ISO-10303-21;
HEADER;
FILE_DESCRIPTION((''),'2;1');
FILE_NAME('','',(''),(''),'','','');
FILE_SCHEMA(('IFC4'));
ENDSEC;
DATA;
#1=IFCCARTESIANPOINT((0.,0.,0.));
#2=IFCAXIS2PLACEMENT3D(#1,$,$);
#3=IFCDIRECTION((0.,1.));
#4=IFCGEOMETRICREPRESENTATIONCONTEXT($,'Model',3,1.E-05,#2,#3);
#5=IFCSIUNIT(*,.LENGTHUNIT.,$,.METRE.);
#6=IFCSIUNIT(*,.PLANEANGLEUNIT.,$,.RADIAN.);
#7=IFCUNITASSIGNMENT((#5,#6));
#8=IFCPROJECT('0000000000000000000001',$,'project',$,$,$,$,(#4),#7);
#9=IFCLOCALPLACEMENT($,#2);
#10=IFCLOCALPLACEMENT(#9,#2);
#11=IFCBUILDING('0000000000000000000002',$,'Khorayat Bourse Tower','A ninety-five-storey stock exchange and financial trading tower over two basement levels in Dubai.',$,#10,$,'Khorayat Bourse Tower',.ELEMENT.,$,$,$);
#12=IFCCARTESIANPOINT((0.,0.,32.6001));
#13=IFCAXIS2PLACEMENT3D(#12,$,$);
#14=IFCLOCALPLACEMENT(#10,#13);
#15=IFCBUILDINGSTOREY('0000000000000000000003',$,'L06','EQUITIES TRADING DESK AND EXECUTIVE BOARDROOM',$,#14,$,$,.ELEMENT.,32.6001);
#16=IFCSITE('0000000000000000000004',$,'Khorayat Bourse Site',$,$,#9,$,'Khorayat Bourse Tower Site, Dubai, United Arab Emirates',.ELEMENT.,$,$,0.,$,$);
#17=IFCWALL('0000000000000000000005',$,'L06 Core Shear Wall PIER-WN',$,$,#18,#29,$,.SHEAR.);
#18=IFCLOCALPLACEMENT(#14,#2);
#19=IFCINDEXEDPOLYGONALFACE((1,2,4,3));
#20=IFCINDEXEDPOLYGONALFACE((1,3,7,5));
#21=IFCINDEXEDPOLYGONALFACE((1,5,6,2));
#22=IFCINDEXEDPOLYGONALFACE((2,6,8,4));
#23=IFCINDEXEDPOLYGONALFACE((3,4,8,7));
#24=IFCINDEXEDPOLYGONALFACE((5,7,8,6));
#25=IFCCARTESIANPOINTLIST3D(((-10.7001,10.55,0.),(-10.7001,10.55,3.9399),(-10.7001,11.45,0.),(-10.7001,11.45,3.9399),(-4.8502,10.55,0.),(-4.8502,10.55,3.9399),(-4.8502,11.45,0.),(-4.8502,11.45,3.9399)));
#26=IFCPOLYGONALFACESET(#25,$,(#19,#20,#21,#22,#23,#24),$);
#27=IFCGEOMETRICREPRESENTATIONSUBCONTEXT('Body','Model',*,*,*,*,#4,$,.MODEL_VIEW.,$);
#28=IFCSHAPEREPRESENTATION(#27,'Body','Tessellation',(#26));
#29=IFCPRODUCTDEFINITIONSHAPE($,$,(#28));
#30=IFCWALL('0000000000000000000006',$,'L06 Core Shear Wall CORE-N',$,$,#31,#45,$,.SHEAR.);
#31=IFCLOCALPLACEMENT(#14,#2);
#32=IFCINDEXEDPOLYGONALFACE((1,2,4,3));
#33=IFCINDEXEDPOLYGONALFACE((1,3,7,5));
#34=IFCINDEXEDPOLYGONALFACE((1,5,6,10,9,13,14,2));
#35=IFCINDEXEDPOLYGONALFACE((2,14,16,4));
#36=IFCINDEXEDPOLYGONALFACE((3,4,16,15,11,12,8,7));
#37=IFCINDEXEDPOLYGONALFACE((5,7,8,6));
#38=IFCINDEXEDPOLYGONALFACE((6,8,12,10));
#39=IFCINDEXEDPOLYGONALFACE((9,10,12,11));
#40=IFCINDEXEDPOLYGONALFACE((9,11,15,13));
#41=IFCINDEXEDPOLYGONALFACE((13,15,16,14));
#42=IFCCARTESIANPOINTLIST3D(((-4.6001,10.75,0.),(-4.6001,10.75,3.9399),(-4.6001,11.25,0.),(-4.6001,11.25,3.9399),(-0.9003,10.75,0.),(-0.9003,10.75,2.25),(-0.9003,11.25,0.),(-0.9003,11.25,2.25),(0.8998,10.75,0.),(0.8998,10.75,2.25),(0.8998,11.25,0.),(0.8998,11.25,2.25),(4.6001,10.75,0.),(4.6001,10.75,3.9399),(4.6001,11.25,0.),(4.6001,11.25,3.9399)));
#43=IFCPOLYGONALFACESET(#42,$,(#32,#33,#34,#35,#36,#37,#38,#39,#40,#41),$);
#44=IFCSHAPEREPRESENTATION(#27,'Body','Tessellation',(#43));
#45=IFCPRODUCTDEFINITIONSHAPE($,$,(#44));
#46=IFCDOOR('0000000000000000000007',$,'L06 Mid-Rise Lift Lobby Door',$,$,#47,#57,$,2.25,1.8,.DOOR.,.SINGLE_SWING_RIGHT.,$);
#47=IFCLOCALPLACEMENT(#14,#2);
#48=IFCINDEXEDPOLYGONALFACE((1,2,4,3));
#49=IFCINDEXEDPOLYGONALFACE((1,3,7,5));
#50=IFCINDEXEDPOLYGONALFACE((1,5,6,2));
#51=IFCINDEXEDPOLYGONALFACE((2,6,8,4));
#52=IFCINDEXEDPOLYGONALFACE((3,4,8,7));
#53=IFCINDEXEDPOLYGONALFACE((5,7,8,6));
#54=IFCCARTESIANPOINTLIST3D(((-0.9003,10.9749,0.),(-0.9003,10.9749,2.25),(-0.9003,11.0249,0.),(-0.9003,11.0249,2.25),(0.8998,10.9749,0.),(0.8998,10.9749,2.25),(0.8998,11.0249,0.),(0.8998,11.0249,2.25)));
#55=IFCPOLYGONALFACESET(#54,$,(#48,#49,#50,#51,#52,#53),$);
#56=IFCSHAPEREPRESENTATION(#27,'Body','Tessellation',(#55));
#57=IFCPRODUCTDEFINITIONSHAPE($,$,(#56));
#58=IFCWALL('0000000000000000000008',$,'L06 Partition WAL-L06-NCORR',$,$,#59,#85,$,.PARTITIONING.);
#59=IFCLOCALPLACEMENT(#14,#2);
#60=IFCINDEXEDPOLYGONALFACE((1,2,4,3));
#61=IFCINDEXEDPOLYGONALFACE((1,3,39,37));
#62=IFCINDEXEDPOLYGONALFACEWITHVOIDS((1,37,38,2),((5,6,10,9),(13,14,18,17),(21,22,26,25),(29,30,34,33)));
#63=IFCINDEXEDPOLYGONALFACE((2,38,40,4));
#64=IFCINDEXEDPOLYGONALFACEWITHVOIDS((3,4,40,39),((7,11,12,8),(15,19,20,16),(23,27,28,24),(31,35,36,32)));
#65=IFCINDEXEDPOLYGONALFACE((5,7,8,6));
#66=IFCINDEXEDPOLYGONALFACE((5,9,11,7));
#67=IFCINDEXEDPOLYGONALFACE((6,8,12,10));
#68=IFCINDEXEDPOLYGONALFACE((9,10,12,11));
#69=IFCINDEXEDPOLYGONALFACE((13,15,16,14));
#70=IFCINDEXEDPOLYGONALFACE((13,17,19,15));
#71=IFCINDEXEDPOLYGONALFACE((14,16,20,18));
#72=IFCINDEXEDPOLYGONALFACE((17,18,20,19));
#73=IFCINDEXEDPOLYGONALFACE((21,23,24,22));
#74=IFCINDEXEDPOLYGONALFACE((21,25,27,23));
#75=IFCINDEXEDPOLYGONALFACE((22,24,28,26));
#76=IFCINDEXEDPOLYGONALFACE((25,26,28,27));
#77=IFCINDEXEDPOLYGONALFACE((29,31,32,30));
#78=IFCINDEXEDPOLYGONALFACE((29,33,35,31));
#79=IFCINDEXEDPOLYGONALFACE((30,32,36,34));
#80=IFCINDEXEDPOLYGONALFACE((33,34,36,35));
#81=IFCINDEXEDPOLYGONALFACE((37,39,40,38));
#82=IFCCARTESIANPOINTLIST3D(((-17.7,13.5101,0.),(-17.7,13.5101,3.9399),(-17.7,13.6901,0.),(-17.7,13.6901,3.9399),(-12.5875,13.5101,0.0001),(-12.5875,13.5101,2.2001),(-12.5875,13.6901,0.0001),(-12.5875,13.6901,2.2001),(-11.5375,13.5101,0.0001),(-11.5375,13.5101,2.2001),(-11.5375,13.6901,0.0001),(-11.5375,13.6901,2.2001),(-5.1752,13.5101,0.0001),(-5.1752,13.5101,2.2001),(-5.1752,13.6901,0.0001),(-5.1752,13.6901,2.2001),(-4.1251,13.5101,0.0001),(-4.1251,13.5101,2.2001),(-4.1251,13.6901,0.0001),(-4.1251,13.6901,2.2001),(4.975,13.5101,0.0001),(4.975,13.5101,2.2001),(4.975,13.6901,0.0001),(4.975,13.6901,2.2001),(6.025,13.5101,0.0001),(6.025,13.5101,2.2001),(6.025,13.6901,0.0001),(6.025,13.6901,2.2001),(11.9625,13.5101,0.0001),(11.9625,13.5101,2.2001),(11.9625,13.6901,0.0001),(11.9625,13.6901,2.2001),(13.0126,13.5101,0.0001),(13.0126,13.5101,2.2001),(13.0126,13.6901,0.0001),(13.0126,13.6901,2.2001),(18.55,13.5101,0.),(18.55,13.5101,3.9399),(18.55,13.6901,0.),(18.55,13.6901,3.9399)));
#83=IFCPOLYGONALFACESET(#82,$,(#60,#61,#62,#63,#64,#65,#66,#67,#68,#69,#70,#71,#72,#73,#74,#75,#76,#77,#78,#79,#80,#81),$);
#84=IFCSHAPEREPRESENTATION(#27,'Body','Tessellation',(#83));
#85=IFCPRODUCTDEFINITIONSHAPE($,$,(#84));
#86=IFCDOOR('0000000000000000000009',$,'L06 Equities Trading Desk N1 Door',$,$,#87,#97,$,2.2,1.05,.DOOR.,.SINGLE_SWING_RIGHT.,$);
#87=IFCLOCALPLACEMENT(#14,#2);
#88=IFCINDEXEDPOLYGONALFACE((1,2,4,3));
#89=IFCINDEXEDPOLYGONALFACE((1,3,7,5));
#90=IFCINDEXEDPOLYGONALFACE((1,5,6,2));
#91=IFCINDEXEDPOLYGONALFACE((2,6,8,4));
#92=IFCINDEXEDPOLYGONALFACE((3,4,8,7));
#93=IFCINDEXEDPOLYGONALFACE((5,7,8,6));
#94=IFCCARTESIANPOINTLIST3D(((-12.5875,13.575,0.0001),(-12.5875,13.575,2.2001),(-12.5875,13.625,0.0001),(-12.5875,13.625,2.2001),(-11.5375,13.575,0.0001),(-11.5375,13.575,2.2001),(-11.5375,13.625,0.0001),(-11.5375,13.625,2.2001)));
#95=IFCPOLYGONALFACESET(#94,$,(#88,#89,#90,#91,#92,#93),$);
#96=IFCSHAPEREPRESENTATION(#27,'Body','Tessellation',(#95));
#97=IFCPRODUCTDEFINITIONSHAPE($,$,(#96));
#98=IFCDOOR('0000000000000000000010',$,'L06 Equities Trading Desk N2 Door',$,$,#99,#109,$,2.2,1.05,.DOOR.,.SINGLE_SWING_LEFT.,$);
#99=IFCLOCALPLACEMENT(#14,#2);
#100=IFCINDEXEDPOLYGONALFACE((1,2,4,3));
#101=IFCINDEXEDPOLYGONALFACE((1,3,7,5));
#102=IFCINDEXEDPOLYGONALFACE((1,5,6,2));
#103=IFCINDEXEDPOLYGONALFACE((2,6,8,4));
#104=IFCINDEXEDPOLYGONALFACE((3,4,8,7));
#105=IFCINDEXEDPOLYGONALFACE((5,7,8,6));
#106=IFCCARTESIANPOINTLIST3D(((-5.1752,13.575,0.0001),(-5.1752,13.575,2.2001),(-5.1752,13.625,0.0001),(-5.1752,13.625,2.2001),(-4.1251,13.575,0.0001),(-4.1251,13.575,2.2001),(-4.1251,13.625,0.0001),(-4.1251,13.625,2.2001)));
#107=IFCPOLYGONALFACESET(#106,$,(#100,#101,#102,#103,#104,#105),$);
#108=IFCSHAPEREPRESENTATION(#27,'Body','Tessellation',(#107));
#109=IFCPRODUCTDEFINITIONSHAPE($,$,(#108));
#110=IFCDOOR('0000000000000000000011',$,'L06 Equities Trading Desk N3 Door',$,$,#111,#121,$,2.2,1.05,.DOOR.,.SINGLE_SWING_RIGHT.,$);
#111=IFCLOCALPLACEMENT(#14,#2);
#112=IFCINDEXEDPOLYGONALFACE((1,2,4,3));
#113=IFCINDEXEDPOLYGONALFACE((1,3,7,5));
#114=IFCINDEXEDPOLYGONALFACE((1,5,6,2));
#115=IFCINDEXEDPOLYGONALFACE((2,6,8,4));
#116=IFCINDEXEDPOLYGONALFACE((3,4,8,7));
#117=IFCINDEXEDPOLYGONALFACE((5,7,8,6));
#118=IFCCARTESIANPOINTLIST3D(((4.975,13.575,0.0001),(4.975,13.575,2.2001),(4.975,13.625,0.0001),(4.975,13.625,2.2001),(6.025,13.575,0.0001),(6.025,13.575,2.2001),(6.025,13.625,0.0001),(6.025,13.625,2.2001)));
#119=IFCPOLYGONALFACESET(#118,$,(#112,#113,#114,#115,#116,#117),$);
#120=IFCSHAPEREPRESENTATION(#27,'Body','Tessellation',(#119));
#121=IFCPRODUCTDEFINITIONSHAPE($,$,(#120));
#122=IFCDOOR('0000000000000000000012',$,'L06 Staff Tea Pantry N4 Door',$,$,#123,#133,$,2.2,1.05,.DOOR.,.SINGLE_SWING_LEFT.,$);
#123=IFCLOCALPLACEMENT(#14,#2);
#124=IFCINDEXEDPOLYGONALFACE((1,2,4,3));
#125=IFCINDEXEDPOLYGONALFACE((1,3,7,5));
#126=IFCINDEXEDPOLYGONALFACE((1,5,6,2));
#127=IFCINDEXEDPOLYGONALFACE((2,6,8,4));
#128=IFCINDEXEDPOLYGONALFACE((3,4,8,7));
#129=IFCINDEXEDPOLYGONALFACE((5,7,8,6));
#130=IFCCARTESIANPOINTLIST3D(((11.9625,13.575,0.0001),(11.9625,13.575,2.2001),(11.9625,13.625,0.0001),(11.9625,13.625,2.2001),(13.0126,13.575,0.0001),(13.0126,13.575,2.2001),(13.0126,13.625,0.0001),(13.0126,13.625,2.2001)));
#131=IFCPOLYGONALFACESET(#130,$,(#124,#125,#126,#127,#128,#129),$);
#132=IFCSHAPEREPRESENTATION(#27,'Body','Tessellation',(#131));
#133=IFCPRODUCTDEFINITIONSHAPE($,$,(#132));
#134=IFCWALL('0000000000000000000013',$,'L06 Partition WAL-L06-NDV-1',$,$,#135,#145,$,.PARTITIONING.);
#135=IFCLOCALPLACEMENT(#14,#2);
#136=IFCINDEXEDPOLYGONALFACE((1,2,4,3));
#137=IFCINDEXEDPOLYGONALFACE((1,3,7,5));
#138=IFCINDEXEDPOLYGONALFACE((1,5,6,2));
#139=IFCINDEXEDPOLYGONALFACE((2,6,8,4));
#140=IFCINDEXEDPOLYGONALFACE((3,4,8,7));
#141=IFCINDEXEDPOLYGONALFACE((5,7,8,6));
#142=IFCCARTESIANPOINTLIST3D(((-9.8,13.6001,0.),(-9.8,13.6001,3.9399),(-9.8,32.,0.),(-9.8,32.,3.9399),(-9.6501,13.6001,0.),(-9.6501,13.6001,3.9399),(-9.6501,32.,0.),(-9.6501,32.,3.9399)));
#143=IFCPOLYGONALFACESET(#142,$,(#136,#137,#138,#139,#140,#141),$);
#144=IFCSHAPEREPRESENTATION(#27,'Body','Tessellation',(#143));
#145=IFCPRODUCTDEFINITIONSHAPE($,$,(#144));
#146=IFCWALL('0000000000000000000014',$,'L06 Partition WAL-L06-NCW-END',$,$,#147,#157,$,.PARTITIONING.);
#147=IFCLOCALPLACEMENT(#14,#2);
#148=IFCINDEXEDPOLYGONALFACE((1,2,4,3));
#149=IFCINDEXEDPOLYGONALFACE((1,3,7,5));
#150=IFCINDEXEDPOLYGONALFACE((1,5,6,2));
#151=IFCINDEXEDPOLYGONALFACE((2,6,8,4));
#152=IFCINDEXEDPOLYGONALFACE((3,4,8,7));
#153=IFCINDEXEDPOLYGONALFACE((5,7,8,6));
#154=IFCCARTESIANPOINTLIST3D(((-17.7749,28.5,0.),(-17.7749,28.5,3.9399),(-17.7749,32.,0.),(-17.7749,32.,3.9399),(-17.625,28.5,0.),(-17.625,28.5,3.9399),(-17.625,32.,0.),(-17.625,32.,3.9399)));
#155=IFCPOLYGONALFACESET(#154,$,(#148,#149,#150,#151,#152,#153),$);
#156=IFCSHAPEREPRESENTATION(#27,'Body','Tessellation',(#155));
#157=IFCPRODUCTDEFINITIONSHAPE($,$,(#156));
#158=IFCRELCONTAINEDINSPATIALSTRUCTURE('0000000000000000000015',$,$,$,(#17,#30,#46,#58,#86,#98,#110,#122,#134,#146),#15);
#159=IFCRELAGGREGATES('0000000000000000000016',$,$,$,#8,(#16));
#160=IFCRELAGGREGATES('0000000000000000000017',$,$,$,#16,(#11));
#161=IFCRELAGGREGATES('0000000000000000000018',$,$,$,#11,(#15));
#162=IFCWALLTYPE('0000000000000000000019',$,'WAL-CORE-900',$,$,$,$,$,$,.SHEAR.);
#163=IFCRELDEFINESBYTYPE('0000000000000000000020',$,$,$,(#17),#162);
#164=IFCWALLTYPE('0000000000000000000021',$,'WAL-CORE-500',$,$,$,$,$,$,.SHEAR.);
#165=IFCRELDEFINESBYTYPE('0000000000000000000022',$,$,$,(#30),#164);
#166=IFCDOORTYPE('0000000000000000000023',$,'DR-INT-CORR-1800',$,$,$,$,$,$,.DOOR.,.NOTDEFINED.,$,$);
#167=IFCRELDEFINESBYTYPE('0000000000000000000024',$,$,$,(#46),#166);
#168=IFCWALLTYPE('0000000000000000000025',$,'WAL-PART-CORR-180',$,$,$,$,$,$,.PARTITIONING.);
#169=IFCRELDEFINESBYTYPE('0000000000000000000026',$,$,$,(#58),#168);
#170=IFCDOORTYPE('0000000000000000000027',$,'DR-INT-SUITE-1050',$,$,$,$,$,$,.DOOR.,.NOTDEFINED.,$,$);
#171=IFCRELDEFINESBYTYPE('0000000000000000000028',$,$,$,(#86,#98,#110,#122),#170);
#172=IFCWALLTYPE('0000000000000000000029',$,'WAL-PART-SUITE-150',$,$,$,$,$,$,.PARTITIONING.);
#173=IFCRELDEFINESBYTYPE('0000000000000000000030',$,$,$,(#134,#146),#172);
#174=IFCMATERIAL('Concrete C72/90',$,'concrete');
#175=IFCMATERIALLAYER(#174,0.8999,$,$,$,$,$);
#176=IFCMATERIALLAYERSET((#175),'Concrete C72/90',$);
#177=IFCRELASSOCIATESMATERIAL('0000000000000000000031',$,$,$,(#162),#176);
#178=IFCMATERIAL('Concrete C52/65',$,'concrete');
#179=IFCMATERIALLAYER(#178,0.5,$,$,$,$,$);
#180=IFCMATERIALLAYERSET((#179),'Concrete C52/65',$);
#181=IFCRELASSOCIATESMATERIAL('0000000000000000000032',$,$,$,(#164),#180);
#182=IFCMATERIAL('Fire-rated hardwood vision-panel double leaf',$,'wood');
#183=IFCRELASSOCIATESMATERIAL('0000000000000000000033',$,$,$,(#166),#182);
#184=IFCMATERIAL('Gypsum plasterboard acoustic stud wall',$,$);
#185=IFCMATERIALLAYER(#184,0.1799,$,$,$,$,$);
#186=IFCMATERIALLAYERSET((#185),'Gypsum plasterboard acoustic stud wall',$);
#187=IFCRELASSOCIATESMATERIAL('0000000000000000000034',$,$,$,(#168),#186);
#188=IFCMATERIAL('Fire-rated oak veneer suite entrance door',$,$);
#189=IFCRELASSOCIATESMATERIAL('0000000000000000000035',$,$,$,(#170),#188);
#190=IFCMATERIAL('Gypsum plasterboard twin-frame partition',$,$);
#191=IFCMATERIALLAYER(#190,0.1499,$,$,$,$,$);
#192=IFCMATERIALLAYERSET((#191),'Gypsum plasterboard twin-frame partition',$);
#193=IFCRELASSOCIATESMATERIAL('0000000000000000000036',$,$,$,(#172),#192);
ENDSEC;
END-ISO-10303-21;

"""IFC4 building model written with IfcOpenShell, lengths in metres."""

from ifc_helpers import new_model, si_unit, direction, frame, frame_2d, origin, place, context, subcontext, project, spatial, rectangle, extrude, source, transform, mapped, material, layer, layer_set, type_object, element, fill, save


model = new_model("IFC4")

# Units and contexts
model_context = context("Model", 3, precision=1e-05, world=origin(), true_north=direction((0.0, 1.0)))
body_context = subcontext(model_context, "Body", "Model", "MODEL_VIEW")
ifc_project = project(units=[si_unit("LENGTHUNIT", "METRE"), si_unit("PLANEANGLEUNIT", "RADIAN")], contexts=[model_context])

# Site, building, storey
site_placement = place(None, origin())
site = spatial("IfcSite", under=ifc_project, at=site_placement, Name="Khorayat Bourse Site", LongName="Khorayat Bourse Tower Site, Dubai, United Arab Emirates", CompositionType="ELEMENT", RefElevation=0.0)
building_placement = place(site_placement, origin())
building = spatial("IfcBuilding", under=site, at=building_placement, Name="Khorayat Bourse Tower", Description="A ninety-five-storey stock exchange and financial trading tower over two basement levels in Dubai.", LongName="Khorayat Bourse Tower", CompositionType="ELEMENT")
storey_placement = place(building_placement, frame((0.0, 0.0, 32.6001)))
storey = spatial("IfcBuildingStorey", under=building, at=storey_placement, Name="L06", Description="EQUITIES TRADING DESK AND EXECUTIVE BOARDROOM", CompositionType="ELEMENT", Elevation=32.6001)

# Shared definitions
ifc_material_1 = material(Name="Concrete C72/90", Category="concrete")

# Wall
ifc_layer_1 = layer(ifc_material_1, 0.8999)
ifc_layer_set_1 = layer_set([ifc_layer_1], Name="Concrete C72/90")
wall_type_1 = type_object("IfcWallType", Name="WAL-CORE-900", PredefinedType="SHEAR", material=ifc_layer_set_1)
shared_shape_1 = source(origin(), body_context, "Body", "SweptSolid", [
    extrude(rectangle(XDim=5.8499, YDim=0.8999, at=frame_2d((2.9248, 0.0))), origin(), (0.0, 0.0, 1.0), 3.9399),
])
wall_1_placement = place(storey_placement, frame((-10.7, 11.0, 0.0), z_axis=(0.0, 0.0, 1.0), x_axis=(1.0, 0.0, 0.0)))
element("IfcWall", 1, at=wall_1_placement, inside=storey, type_object=wall_type_1, Name="L06 Core Shear Wall PIER-WN", PredefinedType="SHEAR", context=body_context, shape_type="MappedRepresentation", body=[
    mapped(shared_shape_1, transform((0.0, 0.0, 0.0), scale=1.0)),
])

# Wall, opening, door
ifc_material_2 = material(Name="Concrete C52/65", Category="concrete")
ifc_layer_2 = layer(ifc_material_2, 0.5)
ifc_layer_set_2 = layer_set([ifc_layer_2], Name="Concrete C52/65")
wall_type_2 = type_object("IfcWallType", Name="WAL-CORE-500", PredefinedType="SHEAR", material=ifc_layer_set_2)
shared_shape_2 = source(origin(), body_context, "Body", "SweptSolid", [
    extrude(rectangle(XDim=9.2002, YDim=0.5, at=frame_2d((4.6001, 0.0))), origin(), (0.0, 0.0, 1.0), 3.9399),
])
wall_2_placement = place(storey_placement, frame((-4.6001, 11.0, 0.0), z_axis=(0.0, 0.0, 1.0), x_axis=(1.0, 0.0, 0.0)))
wall_2 = element("IfcWall", 2, at=wall_2_placement, inside=storey, type_object=wall_type_2, Name="L06 Core Shear Wall CORE-N", PredefinedType="SHEAR", context=body_context, shape_type="MappedRepresentation", body=[
    mapped(shared_shape_2, transform((0.0, 0.0, 0.0), scale=1.0)),
])
shared_shape_3 = source(origin(), body_context, "Body", "SweptSolid", [
    extrude(rectangle(XDim=1.8, YDim=2.25, at=frame_2d((0.8999, 1.125))), frame((0.0, 0.26, 0.0), z_axis=(0.0, -1.0, 0.0), x_axis=(1.0, 0.0, 0.0)), (0.0, 0.0, 1.0), 0.52),
])
opening_1_placement = place(wall_2_placement, frame((3.7, 0.0, 0.0)))
opening_1 = element("IfcOpeningElement", 3, at=opening_1_placement, cuts=wall_2, PredefinedType="OPENING", context=body_context, shape_type="MappedRepresentation", body=[
    mapped(shared_shape_3, transform((0.0, 0.0, 0.0), scale=1.0)),
])
ifc_material_3 = material(Name="Fire-rated hardwood vision-panel double leaf", Category="wood")
door_type_1 = type_object("IfcDoorType", Name="DR-INT-CORR-1800", OperationType="NOTDEFINED", PredefinedType="DOOR", material=ifc_material_3)
shared_shape_4 = source(origin(), body_context, "Body", "SweptSolid", [
    extrude(rectangle(XDim=1.8, YDim=2.25, at=frame_2d((0.8999, 1.125))), frame((0.0, 0.0249, 0.0), z_axis=(0.0, -1.0, 0.0), x_axis=(1.0, 0.0, 0.0)), (0.0, 0.0, 1.0), 0.05),
])
door_1_placement = place(opening_1_placement, origin())
door_1 = element("IfcDoor", 4, at=door_1_placement, inside=storey, type_object=door_type_1, Name="L06 Mid-Rise Lift Lobby Door", OperationType="SINGLE_SWING_RIGHT", OverallHeight=2.25, OverallWidth=1.8, PredefinedType="DOOR", context=body_context, shape_type="MappedRepresentation", body=[
    mapped(shared_shape_4, transform((0.0, 0.0, 0.0), scale=1.0)),
])
fill(opening_1, door_1)

# Wall, openings, doors
ifc_material_4 = material(Name="Gypsum plasterboard acoustic stud wall")
ifc_layer_3 = layer(ifc_material_4, 0.1799)
ifc_layer_set_3 = layer_set([ifc_layer_3], Name="Gypsum plasterboard acoustic stud wall")
wall_type_3 = type_object("IfcWallType", Name="WAL-PART-CORR-180", PredefinedType="PARTITIONING", material=ifc_layer_set_3)
shared_shape_5 = source(origin(), body_context, "Body", "SweptSolid", [
    extrude(rectangle(XDim=36.25, YDim=0.1799, at=frame_2d((18.125, 0.0))), origin(), (0.0, 0.0, 1.0), 3.9399),
])
wall_3_placement = place(storey_placement, frame((-17.7, 13.6001, 0.0), z_axis=(0.0, 0.0, 1.0), x_axis=(1.0, 0.0, 0.0)))
wall_3 = element("IfcWall", 5, at=wall_3_placement, inside=storey, type_object=wall_type_3, Name="L06 Partition WAL-L06-NCORR", PredefinedType="PARTITIONING", context=body_context, shape_type="MappedRepresentation", body=[
    mapped(shared_shape_5, transform((0.0, 0.0, 0.0), scale=1.0)),
])
shared_shape_6 = source(origin(), body_context, "Body", "SweptSolid", [
    extrude(rectangle(XDim=1.05, YDim=2.2, at=frame_2d((0.5249, 1.1001))), frame((0.0, 0.0999, 0.0), z_axis=(0.0, -1.0, 0.0), x_axis=(1.0, 0.0, 0.0)), (0.0, 0.0, 1.0), 0.2),
])
opening_2_placement = place(wall_3_placement, frame((5.1125, 0.0, 0.0)))
opening_2 = element("IfcOpeningElement", 6, at=opening_2_placement, cuts=wall_3, PredefinedType="OPENING", context=body_context, shape_type="MappedRepresentation", body=[
    mapped(shared_shape_6, transform((0.0, 0.0, 0.0), scale=1.0)),
])
opening_3_placement = place(wall_3_placement, frame((12.5249, 0.0, 0.0)))
opening_3 = element("IfcOpeningElement", 7, at=opening_3_placement, cuts=wall_3, PredefinedType="OPENING", context=body_context, shape_type="MappedRepresentation", body=[
    mapped(shared_shape_6, transform((0.0, 0.0, 0.0), scale=1.0)),
])
opening_4_placement = place(wall_3_placement, frame((22.675, 0.0, 0.0)))
opening_4 = element("IfcOpeningElement", 8, at=opening_4_placement, cuts=wall_3, PredefinedType="OPENING", context=body_context, shape_type="MappedRepresentation", body=[
    mapped(shared_shape_6, transform((0.0, 0.0, 0.0), scale=1.0)),
])
opening_5_placement = place(wall_3_placement, frame((29.6626, 0.0, 0.0)))
opening_5 = element("IfcOpeningElement", 9, at=opening_5_placement, cuts=wall_3, PredefinedType="OPENING", context=body_context, shape_type="MappedRepresentation", body=[
    mapped(shared_shape_6, transform((0.0, 0.0, 0.0), scale=1.0)),
])
ifc_material_5 = material(Name="Fire-rated oak veneer suite entrance door")
door_type_2 = type_object("IfcDoorType", Name="DR-INT-SUITE-1050", OperationType="NOTDEFINED", PredefinedType="DOOR", material=ifc_material_5)
shared_shape_7 = source(origin(), body_context, "Body", "SweptSolid", [
    extrude(rectangle(XDim=1.05, YDim=2.2, at=frame_2d((0.5249, 1.1001))), frame((0.0, 0.0249, 0.0), z_axis=(0.0, -1.0, 0.0), x_axis=(1.0, 0.0, 0.0)), (0.0, 0.0, 1.0), 0.05),
])
door_2_placement = place(opening_2_placement, origin())
door_2 = element("IfcDoor", 10, at=door_2_placement, inside=storey, type_object=door_type_2, Name="L06 Equities Trading Desk N1 Door", OperationType="SINGLE_SWING_RIGHT", OverallHeight=2.2, OverallWidth=1.05, PredefinedType="DOOR", context=body_context, shape_type="MappedRepresentation", body=[
    mapped(shared_shape_7, transform((0.0, 0.0, 0.0), scale=1.0)),
])
fill(opening_2, door_2)
door_3_placement = place(opening_3_placement, origin())
door_3 = element("IfcDoor", 11, at=door_3_placement, inside=storey, type_object=door_type_2, Name="L06 Equities Trading Desk N2 Door", OperationType="SINGLE_SWING_LEFT", OverallHeight=2.2, OverallWidth=1.05, PredefinedType="DOOR", context=body_context, shape_type="MappedRepresentation", body=[
    mapped(shared_shape_7, transform((0.0, 0.0, 0.0), scale=1.0)),
])
fill(opening_3, door_3)
door_4_placement = place(opening_4_placement, origin())
door_4 = element("IfcDoor", 12, at=door_4_placement, inside=storey, type_object=door_type_2, Name="L06 Equities Trading Desk N3 Door", OperationType="SINGLE_SWING_RIGHT", OverallHeight=2.2, OverallWidth=1.05, PredefinedType="DOOR", context=body_context, shape_type="MappedRepresentation", body=[
    mapped(shared_shape_7, transform((0.0, 0.0, 0.0), scale=1.0)),
])
fill(opening_4, door_4)
door_5_placement = place(opening_5_placement, origin())
door_5 = element("IfcDoor", 13, at=door_5_placement, inside=storey, type_object=door_type_2, Name="L06 Staff Tea Pantry N4 Door", OperationType="SINGLE_SWING_LEFT", OverallHeight=2.2, OverallWidth=1.05, PredefinedType="DOOR", context=body_context, shape_type="MappedRepresentation", body=[
    mapped(shared_shape_7, transform((0.0, 0.0, 0.0), scale=1.0)),
])
fill(opening_5, door_5)

# Walls
ifc_material_6 = material(Name="Gypsum plasterboard twin-frame partition")
ifc_layer_4 = layer(ifc_material_6, 0.1499)
ifc_layer_set_4 = layer_set([ifc_layer_4], Name="Gypsum plasterboard twin-frame partition")
wall_type_4 = type_object("IfcWallType", Name="WAL-PART-SUITE-150", PredefinedType="PARTITIONING", material=ifc_layer_set_4)
shared_shape_8 = source(origin(), body_context, "Body", "SweptSolid", [
    extrude(rectangle(XDim=18.3999, YDim=0.1499, at=frame_2d((9.2, 0.0))), origin(), (0.0, 0.0, 1.0), 3.9399),
])
wall_4_placement = place(storey_placement, frame((-9.7251, 13.6001, 0.0), z_axis=(0.0, 0.0, 1.0), x_axis=(0.0, 1.0, 0.0)))
element("IfcWall", 14, at=wall_4_placement, inside=storey, type_object=wall_type_4, Name="L06 Partition WAL-L06-NDV-1", PredefinedType="PARTITIONING", context=body_context, shape_type="MappedRepresentation", body=[
    mapped(shared_shape_8, transform((0.0, 0.0, 0.0), scale=1.0)),
])
shared_shape_9 = source(origin(), body_context, "Body", "SweptSolid", [
    extrude(rectangle(XDim=3.5, YDim=0.1499, at=frame_2d((1.75, 0.0))), origin(), (0.0, 0.0, 1.0), 3.9399),
])
wall_5_placement = place(storey_placement, frame((-17.7, 28.5, 0.0), z_axis=(0.0, 0.0, 1.0), x_axis=(0.0, 1.0, 0.0)))
element("IfcWall", 15, at=wall_5_placement, inside=storey, type_object=wall_type_4, Name="L06 Partition WAL-L06-NCW-END", PredefinedType="PARTITIONING", context=body_context, shape_type="MappedRepresentation", body=[
    mapped(shared_shape_9, transform((0.0, 0.0, 0.0), scale=1.0)),
])

save(model, "model.ifc")
